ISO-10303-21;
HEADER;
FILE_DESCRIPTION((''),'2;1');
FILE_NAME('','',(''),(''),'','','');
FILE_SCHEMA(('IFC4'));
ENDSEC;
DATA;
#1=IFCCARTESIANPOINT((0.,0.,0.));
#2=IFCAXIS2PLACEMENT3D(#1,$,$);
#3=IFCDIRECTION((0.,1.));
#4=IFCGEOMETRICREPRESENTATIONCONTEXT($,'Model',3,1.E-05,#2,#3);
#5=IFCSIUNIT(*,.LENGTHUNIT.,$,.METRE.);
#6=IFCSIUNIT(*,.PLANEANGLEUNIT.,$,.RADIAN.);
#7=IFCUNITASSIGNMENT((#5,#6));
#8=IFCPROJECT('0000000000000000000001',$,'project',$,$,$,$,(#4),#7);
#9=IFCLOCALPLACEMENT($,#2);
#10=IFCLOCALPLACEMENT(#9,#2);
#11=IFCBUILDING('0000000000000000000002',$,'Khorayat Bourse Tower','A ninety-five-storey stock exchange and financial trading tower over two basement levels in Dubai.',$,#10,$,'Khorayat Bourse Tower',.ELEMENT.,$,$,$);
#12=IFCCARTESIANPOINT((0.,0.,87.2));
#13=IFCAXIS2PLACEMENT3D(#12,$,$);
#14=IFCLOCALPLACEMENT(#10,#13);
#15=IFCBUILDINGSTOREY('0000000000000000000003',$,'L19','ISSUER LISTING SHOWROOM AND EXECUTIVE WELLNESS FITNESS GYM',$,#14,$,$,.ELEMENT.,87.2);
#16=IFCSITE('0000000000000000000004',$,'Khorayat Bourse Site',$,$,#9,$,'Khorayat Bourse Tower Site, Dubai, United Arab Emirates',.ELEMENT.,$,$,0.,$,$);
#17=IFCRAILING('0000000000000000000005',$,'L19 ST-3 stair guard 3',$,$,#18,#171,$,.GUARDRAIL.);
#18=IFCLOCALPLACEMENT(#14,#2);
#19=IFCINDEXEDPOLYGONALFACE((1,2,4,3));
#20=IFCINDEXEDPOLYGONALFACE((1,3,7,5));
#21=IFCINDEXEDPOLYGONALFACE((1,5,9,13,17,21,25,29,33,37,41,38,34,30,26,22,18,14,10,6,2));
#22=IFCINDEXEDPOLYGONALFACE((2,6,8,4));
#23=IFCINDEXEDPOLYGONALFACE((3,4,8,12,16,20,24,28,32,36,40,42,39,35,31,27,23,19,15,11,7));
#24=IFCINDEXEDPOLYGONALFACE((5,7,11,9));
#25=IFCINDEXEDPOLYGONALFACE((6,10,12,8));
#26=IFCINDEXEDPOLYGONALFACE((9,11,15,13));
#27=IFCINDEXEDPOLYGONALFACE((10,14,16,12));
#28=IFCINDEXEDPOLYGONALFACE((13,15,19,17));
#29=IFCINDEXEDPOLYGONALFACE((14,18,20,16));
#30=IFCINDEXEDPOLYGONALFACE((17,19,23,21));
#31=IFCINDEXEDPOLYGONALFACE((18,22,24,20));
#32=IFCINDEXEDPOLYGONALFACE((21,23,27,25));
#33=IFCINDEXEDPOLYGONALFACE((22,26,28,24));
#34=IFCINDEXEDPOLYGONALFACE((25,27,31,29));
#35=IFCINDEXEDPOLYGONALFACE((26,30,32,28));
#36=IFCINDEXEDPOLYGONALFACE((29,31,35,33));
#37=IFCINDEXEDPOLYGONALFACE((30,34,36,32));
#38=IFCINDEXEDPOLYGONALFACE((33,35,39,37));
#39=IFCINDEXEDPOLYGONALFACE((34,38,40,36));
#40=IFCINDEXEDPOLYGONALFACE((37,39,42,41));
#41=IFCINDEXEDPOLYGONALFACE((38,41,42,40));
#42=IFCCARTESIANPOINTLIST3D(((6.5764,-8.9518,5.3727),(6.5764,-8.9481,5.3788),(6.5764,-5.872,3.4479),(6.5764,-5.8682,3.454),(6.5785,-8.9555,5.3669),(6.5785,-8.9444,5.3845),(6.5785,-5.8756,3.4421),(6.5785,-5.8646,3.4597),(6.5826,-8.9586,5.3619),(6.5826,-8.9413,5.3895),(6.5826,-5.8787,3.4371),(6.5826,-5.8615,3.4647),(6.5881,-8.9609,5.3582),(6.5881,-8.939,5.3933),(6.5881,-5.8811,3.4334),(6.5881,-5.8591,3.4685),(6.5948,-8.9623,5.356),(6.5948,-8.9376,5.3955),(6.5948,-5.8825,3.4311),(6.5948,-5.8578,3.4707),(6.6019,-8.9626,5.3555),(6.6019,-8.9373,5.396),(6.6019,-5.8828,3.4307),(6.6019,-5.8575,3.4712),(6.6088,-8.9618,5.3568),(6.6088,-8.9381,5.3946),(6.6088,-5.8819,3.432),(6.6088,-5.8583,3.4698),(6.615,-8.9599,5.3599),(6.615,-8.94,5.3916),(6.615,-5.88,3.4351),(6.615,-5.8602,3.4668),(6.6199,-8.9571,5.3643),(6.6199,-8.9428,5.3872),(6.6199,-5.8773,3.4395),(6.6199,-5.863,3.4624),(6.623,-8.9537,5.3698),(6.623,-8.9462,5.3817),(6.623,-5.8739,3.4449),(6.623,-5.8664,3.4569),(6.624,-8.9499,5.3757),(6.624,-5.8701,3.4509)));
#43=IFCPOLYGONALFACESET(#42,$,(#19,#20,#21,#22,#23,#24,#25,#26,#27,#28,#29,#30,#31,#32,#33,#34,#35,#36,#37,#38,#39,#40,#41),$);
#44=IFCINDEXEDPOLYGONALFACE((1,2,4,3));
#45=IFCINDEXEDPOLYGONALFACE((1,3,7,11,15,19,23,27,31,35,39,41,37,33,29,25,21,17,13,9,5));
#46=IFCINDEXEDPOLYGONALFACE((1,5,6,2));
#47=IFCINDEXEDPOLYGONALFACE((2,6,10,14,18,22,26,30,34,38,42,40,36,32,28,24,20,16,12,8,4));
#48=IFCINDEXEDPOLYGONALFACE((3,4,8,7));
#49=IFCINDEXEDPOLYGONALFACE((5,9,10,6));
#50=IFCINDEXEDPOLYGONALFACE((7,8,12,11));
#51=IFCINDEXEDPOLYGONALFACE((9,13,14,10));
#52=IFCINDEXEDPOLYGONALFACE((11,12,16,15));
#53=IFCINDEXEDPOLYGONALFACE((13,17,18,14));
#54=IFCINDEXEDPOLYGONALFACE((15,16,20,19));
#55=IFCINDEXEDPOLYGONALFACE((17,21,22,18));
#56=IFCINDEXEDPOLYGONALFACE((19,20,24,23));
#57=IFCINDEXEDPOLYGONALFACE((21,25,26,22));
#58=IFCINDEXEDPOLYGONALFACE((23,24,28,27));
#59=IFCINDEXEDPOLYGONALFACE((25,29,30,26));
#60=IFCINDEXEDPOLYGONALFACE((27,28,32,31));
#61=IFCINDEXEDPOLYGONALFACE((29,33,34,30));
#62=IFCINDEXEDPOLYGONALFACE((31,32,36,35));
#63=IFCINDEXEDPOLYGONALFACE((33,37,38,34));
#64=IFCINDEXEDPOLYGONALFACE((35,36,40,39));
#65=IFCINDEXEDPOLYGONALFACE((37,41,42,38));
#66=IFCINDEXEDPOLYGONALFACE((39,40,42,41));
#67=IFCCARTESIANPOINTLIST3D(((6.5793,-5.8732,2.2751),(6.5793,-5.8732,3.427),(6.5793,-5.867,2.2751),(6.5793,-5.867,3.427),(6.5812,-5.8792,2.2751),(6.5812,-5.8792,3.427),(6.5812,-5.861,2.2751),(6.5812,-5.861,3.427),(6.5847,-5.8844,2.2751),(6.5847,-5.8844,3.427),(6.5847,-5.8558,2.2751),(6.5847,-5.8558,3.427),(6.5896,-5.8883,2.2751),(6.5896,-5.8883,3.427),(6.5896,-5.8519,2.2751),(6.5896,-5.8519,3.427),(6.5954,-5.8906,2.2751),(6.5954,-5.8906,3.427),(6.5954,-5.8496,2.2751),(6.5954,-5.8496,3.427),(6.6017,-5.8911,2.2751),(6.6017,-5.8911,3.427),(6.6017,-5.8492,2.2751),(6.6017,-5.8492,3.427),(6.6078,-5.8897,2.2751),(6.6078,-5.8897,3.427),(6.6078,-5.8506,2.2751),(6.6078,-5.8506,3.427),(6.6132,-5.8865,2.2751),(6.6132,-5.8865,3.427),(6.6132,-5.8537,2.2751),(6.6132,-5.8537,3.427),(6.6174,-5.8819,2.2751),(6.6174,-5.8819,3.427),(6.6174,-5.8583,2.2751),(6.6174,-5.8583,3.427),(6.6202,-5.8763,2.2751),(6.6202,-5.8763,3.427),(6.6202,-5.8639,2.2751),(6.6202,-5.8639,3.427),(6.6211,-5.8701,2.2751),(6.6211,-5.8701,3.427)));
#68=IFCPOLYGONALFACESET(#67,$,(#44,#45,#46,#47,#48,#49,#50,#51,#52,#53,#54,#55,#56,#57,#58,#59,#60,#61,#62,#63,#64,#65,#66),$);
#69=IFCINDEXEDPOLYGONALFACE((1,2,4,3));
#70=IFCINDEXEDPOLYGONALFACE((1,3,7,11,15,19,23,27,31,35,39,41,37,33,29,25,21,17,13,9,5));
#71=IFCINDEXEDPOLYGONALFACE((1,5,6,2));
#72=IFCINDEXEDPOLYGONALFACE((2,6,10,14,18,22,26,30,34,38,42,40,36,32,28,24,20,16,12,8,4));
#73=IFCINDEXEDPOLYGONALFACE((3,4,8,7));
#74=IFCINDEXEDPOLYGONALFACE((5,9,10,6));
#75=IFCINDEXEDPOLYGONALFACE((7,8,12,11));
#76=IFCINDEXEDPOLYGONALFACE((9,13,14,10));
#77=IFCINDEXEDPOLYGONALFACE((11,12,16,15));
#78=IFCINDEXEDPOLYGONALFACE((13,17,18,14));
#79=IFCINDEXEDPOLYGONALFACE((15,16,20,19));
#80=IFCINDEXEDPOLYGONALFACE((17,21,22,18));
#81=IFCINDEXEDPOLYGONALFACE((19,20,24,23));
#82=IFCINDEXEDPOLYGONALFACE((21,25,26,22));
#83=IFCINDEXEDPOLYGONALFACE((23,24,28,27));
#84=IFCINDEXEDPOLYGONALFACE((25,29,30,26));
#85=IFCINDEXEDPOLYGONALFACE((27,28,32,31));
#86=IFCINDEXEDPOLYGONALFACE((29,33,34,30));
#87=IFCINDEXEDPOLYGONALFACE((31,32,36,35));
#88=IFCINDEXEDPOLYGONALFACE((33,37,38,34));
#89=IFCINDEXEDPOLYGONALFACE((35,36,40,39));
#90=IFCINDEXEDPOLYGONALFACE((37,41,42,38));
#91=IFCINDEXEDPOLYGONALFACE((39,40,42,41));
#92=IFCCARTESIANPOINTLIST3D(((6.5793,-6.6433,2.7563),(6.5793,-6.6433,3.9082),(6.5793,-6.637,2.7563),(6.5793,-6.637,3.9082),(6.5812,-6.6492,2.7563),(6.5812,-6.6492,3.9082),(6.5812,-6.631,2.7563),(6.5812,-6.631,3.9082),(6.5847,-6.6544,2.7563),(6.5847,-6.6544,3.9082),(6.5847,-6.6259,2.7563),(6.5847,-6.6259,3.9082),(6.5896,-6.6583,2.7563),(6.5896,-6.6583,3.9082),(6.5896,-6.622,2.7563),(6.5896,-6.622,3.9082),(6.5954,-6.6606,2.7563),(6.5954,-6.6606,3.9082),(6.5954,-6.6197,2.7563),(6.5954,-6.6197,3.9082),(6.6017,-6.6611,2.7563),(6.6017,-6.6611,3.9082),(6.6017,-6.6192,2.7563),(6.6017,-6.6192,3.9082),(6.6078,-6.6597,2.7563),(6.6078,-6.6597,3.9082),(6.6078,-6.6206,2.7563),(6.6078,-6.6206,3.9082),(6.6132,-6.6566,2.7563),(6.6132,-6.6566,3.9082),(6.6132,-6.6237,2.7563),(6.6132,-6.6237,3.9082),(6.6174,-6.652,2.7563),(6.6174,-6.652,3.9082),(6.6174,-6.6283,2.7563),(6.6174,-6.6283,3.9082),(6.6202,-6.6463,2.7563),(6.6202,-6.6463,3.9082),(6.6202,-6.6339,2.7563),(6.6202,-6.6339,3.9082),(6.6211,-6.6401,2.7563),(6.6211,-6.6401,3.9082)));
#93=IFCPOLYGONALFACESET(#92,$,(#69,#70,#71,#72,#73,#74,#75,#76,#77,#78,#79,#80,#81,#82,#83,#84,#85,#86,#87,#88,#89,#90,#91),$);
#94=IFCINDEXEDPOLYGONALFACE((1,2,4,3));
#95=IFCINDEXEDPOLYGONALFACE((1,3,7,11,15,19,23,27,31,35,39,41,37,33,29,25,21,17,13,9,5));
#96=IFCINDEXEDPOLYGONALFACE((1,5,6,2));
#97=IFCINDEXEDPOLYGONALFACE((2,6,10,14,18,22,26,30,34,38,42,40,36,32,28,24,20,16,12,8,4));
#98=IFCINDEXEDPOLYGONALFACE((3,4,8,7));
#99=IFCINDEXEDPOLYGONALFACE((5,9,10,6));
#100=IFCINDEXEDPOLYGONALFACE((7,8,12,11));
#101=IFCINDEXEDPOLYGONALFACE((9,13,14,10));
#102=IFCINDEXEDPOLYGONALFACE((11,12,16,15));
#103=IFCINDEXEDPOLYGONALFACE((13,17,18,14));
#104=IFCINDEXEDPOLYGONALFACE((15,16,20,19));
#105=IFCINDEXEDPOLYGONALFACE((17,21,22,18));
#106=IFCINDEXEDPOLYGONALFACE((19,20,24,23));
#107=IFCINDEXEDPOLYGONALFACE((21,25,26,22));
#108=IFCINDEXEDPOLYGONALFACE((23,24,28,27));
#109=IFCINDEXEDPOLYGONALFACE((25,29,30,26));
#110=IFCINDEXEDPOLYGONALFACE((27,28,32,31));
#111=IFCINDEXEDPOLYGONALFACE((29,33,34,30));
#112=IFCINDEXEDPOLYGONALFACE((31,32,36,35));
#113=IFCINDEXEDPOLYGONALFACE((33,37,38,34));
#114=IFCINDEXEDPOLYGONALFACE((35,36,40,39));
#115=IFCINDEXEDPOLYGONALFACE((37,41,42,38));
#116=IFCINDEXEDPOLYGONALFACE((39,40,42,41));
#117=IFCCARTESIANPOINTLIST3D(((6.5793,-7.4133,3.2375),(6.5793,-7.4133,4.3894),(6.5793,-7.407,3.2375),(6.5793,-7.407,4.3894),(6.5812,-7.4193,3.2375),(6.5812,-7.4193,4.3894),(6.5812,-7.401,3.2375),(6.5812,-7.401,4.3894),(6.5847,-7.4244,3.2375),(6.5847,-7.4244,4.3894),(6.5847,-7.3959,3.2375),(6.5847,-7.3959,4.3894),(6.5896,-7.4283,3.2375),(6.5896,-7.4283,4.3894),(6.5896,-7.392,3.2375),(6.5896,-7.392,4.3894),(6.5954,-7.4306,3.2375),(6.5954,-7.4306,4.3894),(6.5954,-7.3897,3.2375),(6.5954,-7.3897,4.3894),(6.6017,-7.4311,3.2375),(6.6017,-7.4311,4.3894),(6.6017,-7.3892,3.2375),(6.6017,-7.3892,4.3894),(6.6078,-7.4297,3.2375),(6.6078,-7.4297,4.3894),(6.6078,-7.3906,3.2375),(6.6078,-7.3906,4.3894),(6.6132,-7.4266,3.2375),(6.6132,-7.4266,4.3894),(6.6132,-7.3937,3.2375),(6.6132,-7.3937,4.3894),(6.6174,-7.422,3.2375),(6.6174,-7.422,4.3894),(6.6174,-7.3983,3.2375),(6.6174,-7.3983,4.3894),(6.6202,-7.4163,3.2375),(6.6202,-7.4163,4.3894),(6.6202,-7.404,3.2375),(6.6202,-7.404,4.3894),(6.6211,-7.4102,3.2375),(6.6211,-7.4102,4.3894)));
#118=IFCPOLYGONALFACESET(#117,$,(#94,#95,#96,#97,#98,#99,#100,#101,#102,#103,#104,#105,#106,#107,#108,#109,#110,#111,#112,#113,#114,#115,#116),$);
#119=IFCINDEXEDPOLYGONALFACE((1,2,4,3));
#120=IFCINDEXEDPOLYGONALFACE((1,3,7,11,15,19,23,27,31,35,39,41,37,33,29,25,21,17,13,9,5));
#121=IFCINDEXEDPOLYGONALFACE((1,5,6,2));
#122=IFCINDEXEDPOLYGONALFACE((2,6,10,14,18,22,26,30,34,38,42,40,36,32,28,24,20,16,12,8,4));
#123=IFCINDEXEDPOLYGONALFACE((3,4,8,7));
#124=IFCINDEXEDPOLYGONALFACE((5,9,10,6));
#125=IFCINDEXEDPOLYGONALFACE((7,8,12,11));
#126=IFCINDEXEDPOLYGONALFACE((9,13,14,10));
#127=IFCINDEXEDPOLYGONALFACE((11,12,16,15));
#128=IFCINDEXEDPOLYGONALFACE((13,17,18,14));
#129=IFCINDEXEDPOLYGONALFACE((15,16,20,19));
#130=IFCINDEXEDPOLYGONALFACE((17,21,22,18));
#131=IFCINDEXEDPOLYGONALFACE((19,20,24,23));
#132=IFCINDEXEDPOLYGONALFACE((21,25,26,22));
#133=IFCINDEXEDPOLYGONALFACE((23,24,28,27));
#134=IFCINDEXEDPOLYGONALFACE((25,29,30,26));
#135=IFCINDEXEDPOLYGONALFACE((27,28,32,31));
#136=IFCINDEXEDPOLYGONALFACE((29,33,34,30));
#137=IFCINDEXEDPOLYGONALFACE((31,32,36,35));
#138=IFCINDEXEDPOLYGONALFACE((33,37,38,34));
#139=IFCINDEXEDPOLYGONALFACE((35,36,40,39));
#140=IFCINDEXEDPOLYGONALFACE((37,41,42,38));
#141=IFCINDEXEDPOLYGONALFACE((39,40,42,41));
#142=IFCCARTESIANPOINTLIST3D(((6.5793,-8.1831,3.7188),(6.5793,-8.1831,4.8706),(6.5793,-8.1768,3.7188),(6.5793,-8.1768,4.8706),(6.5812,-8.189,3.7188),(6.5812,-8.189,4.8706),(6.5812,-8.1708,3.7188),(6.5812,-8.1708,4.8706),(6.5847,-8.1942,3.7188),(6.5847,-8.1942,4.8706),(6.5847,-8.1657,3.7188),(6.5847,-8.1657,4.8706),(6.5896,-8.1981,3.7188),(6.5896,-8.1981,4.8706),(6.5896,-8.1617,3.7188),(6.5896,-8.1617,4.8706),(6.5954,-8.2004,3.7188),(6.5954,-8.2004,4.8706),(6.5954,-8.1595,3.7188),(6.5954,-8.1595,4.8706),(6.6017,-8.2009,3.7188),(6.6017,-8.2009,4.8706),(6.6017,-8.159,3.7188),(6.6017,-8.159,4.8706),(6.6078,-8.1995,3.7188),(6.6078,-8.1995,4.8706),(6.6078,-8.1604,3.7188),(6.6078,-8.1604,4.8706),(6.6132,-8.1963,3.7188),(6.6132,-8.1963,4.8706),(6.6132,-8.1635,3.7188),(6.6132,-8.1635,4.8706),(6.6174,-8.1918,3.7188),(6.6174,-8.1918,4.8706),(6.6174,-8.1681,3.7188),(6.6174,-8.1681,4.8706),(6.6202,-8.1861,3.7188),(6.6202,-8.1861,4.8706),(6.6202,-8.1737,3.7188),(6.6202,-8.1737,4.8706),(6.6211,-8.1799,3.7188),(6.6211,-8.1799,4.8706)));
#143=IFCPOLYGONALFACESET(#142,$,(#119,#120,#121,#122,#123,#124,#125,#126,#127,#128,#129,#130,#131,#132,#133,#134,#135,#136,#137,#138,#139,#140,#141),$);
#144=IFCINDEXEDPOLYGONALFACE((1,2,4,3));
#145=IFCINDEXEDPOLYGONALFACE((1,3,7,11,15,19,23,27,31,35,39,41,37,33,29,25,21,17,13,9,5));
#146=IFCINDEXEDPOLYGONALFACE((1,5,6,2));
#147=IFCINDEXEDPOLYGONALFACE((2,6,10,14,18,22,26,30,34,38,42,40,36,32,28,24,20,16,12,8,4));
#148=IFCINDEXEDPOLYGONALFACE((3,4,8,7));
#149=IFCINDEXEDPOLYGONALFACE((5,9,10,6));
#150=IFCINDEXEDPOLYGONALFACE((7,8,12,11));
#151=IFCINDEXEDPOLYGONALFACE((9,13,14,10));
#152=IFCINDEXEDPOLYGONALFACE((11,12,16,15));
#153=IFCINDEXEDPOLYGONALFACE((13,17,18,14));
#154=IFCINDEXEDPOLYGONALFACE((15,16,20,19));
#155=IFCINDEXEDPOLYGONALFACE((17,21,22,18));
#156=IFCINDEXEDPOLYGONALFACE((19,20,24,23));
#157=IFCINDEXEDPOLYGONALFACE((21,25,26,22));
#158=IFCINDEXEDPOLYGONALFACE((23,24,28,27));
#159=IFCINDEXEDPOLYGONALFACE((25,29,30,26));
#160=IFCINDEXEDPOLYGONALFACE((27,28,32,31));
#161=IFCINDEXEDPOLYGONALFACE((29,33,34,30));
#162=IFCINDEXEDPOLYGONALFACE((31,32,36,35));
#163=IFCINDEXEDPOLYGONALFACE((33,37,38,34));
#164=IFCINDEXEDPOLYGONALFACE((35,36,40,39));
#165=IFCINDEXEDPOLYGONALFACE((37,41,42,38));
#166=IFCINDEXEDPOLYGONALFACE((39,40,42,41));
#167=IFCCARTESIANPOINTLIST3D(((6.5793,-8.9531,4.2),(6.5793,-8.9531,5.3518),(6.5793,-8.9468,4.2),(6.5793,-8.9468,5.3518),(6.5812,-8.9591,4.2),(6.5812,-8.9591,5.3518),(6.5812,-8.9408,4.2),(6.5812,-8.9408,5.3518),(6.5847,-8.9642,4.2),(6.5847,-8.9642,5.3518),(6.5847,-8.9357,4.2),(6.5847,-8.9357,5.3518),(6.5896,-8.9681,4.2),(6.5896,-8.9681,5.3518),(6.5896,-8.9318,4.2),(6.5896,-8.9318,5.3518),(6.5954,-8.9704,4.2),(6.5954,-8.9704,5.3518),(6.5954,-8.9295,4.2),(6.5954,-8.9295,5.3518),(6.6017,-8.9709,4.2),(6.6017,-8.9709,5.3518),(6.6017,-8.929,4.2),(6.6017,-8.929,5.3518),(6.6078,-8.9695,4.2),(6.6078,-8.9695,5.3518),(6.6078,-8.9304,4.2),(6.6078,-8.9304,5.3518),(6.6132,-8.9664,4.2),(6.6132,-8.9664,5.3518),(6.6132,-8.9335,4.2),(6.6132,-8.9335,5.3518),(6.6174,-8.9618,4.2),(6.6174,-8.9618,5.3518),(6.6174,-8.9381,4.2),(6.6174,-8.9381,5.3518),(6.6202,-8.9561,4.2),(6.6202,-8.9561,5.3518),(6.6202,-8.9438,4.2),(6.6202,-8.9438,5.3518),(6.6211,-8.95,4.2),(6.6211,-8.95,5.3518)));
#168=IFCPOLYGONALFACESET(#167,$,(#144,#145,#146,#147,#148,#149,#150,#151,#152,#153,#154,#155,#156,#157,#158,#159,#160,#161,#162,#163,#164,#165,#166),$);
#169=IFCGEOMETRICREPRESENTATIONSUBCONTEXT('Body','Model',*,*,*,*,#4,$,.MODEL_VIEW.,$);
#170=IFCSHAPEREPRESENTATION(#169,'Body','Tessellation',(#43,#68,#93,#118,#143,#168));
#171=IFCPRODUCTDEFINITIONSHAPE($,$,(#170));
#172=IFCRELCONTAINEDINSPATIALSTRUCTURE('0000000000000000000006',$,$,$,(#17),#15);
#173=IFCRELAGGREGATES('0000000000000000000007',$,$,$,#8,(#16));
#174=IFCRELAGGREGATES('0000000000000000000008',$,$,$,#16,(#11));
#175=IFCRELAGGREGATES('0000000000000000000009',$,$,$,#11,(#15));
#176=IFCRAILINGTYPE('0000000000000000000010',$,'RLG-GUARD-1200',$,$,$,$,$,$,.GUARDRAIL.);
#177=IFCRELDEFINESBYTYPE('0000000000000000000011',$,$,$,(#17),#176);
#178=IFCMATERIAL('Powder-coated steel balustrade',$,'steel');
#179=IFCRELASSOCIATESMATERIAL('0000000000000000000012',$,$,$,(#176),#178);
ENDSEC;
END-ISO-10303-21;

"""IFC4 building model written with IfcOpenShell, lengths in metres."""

from ifc_helpers import new_model, si_unit, direction, frame, origin, origin_2d, place, context, subcontext, project, spatial, circle, extrude, source, transform, mapped, material, type_object, element, save


model = new_model("IFC4")

# Units and contexts
model_context = context("Model", 3, precision=1e-05, world=origin(), true_north=direction((0.0, 1.0)))
body_context = subcontext(model_context, "Body", "Model", "MODEL_VIEW")
ifc_project = project(units=[si_unit("LENGTHUNIT", "METRE"), si_unit("PLANEANGLEUNIT", "RADIAN")], contexts=[model_context])

# Site, building, storey
site_placement = place(None, origin())
site = spatial("IfcSite", under=ifc_project, at=site_placement, Name="Khorayat Bourse Site", LongName="Khorayat Bourse Tower Site, Dubai, United Arab Emirates", CompositionType="ELEMENT", RefElevation=0.0)
building_placement = place(site_placement, origin())
building = spatial("IfcBuilding", under=site, at=building_placement, Name="Khorayat Bourse Tower", Description="A ninety-five-storey stock exchange and financial trading tower over two basement levels in Dubai.", LongName="Khorayat Bourse Tower", CompositionType="ELEMENT")
storey_placement = place(building_placement, frame((0.0, 0.0, 87.2)))
storey = spatial("IfcBuildingStorey", under=building, at=storey_placement, Name="L19", Description="ISSUER LISTING SHOWROOM AND EXECUTIVE WELLNESS FITNESS GYM", CompositionType="ELEMENT", Elevation=87.2)

# Railing
ifc_material_1 = material(Name="Powder-coated steel balustrade", Category="steel")
railing_type_1 = type_object("IfcRailingType", Name="RLG-GUARD-1200", PredefinedType="GUARDRAIL", material=ifc_material_1)
shared_shape_1 = source(origin(), body_context, "Body", "SweptSolid", [
    extrude(circle(Radius=0.0239, at=origin_2d()), frame((0.0, 0.0, 1.1758), z_axis=(0.0, -0.84801, 0.529981), x_axis=(1.0, 0.0, 0.0)), (0.0, 0.0, 1.0), 3.6318),
    extrude(circle(Radius=0.021, at=origin_2d()), origin(), (0.0, 0.0, 1.0), 1.1519),
    extrude(circle(Radius=0.021, at=origin_2d()), frame((0.0, -0.77, 0.4812)), (0.0, 0.0, 1.0), 1.1519),
    extrude(circle(Radius=0.021, at=origin_2d()), frame((0.0, -1.54, 0.9624)), (0.0, 0.0, 1.0), 1.1519),
    extrude(circle(Radius=0.021, at=origin_2d()), frame((0.0, -2.3098, 1.4436)), (0.0, 0.0, 1.0), 1.1519),
    extrude(circle(Radius=0.021, at=origin_2d()), frame((0.0, -3.0798, 1.9248)), (0.0, 0.0, 1.0), 1.1519),
])
railing_1_placement = place(storey_placement, frame((6.6001, -5.8701, 2.2751)))
element("IfcRailing", 1, at=railing_1_placement, inside=storey, type_object=railing_type_1, Name="L19 ST-3 stair guard 3", PredefinedType="GUARDRAIL", context=body_context, shape_type="MappedRepresentation", body=[
    mapped(shared_shape_1, transform((0.0, 0.0, 0.0), scale=1.0)),
])

save(model, "model.ifc")
